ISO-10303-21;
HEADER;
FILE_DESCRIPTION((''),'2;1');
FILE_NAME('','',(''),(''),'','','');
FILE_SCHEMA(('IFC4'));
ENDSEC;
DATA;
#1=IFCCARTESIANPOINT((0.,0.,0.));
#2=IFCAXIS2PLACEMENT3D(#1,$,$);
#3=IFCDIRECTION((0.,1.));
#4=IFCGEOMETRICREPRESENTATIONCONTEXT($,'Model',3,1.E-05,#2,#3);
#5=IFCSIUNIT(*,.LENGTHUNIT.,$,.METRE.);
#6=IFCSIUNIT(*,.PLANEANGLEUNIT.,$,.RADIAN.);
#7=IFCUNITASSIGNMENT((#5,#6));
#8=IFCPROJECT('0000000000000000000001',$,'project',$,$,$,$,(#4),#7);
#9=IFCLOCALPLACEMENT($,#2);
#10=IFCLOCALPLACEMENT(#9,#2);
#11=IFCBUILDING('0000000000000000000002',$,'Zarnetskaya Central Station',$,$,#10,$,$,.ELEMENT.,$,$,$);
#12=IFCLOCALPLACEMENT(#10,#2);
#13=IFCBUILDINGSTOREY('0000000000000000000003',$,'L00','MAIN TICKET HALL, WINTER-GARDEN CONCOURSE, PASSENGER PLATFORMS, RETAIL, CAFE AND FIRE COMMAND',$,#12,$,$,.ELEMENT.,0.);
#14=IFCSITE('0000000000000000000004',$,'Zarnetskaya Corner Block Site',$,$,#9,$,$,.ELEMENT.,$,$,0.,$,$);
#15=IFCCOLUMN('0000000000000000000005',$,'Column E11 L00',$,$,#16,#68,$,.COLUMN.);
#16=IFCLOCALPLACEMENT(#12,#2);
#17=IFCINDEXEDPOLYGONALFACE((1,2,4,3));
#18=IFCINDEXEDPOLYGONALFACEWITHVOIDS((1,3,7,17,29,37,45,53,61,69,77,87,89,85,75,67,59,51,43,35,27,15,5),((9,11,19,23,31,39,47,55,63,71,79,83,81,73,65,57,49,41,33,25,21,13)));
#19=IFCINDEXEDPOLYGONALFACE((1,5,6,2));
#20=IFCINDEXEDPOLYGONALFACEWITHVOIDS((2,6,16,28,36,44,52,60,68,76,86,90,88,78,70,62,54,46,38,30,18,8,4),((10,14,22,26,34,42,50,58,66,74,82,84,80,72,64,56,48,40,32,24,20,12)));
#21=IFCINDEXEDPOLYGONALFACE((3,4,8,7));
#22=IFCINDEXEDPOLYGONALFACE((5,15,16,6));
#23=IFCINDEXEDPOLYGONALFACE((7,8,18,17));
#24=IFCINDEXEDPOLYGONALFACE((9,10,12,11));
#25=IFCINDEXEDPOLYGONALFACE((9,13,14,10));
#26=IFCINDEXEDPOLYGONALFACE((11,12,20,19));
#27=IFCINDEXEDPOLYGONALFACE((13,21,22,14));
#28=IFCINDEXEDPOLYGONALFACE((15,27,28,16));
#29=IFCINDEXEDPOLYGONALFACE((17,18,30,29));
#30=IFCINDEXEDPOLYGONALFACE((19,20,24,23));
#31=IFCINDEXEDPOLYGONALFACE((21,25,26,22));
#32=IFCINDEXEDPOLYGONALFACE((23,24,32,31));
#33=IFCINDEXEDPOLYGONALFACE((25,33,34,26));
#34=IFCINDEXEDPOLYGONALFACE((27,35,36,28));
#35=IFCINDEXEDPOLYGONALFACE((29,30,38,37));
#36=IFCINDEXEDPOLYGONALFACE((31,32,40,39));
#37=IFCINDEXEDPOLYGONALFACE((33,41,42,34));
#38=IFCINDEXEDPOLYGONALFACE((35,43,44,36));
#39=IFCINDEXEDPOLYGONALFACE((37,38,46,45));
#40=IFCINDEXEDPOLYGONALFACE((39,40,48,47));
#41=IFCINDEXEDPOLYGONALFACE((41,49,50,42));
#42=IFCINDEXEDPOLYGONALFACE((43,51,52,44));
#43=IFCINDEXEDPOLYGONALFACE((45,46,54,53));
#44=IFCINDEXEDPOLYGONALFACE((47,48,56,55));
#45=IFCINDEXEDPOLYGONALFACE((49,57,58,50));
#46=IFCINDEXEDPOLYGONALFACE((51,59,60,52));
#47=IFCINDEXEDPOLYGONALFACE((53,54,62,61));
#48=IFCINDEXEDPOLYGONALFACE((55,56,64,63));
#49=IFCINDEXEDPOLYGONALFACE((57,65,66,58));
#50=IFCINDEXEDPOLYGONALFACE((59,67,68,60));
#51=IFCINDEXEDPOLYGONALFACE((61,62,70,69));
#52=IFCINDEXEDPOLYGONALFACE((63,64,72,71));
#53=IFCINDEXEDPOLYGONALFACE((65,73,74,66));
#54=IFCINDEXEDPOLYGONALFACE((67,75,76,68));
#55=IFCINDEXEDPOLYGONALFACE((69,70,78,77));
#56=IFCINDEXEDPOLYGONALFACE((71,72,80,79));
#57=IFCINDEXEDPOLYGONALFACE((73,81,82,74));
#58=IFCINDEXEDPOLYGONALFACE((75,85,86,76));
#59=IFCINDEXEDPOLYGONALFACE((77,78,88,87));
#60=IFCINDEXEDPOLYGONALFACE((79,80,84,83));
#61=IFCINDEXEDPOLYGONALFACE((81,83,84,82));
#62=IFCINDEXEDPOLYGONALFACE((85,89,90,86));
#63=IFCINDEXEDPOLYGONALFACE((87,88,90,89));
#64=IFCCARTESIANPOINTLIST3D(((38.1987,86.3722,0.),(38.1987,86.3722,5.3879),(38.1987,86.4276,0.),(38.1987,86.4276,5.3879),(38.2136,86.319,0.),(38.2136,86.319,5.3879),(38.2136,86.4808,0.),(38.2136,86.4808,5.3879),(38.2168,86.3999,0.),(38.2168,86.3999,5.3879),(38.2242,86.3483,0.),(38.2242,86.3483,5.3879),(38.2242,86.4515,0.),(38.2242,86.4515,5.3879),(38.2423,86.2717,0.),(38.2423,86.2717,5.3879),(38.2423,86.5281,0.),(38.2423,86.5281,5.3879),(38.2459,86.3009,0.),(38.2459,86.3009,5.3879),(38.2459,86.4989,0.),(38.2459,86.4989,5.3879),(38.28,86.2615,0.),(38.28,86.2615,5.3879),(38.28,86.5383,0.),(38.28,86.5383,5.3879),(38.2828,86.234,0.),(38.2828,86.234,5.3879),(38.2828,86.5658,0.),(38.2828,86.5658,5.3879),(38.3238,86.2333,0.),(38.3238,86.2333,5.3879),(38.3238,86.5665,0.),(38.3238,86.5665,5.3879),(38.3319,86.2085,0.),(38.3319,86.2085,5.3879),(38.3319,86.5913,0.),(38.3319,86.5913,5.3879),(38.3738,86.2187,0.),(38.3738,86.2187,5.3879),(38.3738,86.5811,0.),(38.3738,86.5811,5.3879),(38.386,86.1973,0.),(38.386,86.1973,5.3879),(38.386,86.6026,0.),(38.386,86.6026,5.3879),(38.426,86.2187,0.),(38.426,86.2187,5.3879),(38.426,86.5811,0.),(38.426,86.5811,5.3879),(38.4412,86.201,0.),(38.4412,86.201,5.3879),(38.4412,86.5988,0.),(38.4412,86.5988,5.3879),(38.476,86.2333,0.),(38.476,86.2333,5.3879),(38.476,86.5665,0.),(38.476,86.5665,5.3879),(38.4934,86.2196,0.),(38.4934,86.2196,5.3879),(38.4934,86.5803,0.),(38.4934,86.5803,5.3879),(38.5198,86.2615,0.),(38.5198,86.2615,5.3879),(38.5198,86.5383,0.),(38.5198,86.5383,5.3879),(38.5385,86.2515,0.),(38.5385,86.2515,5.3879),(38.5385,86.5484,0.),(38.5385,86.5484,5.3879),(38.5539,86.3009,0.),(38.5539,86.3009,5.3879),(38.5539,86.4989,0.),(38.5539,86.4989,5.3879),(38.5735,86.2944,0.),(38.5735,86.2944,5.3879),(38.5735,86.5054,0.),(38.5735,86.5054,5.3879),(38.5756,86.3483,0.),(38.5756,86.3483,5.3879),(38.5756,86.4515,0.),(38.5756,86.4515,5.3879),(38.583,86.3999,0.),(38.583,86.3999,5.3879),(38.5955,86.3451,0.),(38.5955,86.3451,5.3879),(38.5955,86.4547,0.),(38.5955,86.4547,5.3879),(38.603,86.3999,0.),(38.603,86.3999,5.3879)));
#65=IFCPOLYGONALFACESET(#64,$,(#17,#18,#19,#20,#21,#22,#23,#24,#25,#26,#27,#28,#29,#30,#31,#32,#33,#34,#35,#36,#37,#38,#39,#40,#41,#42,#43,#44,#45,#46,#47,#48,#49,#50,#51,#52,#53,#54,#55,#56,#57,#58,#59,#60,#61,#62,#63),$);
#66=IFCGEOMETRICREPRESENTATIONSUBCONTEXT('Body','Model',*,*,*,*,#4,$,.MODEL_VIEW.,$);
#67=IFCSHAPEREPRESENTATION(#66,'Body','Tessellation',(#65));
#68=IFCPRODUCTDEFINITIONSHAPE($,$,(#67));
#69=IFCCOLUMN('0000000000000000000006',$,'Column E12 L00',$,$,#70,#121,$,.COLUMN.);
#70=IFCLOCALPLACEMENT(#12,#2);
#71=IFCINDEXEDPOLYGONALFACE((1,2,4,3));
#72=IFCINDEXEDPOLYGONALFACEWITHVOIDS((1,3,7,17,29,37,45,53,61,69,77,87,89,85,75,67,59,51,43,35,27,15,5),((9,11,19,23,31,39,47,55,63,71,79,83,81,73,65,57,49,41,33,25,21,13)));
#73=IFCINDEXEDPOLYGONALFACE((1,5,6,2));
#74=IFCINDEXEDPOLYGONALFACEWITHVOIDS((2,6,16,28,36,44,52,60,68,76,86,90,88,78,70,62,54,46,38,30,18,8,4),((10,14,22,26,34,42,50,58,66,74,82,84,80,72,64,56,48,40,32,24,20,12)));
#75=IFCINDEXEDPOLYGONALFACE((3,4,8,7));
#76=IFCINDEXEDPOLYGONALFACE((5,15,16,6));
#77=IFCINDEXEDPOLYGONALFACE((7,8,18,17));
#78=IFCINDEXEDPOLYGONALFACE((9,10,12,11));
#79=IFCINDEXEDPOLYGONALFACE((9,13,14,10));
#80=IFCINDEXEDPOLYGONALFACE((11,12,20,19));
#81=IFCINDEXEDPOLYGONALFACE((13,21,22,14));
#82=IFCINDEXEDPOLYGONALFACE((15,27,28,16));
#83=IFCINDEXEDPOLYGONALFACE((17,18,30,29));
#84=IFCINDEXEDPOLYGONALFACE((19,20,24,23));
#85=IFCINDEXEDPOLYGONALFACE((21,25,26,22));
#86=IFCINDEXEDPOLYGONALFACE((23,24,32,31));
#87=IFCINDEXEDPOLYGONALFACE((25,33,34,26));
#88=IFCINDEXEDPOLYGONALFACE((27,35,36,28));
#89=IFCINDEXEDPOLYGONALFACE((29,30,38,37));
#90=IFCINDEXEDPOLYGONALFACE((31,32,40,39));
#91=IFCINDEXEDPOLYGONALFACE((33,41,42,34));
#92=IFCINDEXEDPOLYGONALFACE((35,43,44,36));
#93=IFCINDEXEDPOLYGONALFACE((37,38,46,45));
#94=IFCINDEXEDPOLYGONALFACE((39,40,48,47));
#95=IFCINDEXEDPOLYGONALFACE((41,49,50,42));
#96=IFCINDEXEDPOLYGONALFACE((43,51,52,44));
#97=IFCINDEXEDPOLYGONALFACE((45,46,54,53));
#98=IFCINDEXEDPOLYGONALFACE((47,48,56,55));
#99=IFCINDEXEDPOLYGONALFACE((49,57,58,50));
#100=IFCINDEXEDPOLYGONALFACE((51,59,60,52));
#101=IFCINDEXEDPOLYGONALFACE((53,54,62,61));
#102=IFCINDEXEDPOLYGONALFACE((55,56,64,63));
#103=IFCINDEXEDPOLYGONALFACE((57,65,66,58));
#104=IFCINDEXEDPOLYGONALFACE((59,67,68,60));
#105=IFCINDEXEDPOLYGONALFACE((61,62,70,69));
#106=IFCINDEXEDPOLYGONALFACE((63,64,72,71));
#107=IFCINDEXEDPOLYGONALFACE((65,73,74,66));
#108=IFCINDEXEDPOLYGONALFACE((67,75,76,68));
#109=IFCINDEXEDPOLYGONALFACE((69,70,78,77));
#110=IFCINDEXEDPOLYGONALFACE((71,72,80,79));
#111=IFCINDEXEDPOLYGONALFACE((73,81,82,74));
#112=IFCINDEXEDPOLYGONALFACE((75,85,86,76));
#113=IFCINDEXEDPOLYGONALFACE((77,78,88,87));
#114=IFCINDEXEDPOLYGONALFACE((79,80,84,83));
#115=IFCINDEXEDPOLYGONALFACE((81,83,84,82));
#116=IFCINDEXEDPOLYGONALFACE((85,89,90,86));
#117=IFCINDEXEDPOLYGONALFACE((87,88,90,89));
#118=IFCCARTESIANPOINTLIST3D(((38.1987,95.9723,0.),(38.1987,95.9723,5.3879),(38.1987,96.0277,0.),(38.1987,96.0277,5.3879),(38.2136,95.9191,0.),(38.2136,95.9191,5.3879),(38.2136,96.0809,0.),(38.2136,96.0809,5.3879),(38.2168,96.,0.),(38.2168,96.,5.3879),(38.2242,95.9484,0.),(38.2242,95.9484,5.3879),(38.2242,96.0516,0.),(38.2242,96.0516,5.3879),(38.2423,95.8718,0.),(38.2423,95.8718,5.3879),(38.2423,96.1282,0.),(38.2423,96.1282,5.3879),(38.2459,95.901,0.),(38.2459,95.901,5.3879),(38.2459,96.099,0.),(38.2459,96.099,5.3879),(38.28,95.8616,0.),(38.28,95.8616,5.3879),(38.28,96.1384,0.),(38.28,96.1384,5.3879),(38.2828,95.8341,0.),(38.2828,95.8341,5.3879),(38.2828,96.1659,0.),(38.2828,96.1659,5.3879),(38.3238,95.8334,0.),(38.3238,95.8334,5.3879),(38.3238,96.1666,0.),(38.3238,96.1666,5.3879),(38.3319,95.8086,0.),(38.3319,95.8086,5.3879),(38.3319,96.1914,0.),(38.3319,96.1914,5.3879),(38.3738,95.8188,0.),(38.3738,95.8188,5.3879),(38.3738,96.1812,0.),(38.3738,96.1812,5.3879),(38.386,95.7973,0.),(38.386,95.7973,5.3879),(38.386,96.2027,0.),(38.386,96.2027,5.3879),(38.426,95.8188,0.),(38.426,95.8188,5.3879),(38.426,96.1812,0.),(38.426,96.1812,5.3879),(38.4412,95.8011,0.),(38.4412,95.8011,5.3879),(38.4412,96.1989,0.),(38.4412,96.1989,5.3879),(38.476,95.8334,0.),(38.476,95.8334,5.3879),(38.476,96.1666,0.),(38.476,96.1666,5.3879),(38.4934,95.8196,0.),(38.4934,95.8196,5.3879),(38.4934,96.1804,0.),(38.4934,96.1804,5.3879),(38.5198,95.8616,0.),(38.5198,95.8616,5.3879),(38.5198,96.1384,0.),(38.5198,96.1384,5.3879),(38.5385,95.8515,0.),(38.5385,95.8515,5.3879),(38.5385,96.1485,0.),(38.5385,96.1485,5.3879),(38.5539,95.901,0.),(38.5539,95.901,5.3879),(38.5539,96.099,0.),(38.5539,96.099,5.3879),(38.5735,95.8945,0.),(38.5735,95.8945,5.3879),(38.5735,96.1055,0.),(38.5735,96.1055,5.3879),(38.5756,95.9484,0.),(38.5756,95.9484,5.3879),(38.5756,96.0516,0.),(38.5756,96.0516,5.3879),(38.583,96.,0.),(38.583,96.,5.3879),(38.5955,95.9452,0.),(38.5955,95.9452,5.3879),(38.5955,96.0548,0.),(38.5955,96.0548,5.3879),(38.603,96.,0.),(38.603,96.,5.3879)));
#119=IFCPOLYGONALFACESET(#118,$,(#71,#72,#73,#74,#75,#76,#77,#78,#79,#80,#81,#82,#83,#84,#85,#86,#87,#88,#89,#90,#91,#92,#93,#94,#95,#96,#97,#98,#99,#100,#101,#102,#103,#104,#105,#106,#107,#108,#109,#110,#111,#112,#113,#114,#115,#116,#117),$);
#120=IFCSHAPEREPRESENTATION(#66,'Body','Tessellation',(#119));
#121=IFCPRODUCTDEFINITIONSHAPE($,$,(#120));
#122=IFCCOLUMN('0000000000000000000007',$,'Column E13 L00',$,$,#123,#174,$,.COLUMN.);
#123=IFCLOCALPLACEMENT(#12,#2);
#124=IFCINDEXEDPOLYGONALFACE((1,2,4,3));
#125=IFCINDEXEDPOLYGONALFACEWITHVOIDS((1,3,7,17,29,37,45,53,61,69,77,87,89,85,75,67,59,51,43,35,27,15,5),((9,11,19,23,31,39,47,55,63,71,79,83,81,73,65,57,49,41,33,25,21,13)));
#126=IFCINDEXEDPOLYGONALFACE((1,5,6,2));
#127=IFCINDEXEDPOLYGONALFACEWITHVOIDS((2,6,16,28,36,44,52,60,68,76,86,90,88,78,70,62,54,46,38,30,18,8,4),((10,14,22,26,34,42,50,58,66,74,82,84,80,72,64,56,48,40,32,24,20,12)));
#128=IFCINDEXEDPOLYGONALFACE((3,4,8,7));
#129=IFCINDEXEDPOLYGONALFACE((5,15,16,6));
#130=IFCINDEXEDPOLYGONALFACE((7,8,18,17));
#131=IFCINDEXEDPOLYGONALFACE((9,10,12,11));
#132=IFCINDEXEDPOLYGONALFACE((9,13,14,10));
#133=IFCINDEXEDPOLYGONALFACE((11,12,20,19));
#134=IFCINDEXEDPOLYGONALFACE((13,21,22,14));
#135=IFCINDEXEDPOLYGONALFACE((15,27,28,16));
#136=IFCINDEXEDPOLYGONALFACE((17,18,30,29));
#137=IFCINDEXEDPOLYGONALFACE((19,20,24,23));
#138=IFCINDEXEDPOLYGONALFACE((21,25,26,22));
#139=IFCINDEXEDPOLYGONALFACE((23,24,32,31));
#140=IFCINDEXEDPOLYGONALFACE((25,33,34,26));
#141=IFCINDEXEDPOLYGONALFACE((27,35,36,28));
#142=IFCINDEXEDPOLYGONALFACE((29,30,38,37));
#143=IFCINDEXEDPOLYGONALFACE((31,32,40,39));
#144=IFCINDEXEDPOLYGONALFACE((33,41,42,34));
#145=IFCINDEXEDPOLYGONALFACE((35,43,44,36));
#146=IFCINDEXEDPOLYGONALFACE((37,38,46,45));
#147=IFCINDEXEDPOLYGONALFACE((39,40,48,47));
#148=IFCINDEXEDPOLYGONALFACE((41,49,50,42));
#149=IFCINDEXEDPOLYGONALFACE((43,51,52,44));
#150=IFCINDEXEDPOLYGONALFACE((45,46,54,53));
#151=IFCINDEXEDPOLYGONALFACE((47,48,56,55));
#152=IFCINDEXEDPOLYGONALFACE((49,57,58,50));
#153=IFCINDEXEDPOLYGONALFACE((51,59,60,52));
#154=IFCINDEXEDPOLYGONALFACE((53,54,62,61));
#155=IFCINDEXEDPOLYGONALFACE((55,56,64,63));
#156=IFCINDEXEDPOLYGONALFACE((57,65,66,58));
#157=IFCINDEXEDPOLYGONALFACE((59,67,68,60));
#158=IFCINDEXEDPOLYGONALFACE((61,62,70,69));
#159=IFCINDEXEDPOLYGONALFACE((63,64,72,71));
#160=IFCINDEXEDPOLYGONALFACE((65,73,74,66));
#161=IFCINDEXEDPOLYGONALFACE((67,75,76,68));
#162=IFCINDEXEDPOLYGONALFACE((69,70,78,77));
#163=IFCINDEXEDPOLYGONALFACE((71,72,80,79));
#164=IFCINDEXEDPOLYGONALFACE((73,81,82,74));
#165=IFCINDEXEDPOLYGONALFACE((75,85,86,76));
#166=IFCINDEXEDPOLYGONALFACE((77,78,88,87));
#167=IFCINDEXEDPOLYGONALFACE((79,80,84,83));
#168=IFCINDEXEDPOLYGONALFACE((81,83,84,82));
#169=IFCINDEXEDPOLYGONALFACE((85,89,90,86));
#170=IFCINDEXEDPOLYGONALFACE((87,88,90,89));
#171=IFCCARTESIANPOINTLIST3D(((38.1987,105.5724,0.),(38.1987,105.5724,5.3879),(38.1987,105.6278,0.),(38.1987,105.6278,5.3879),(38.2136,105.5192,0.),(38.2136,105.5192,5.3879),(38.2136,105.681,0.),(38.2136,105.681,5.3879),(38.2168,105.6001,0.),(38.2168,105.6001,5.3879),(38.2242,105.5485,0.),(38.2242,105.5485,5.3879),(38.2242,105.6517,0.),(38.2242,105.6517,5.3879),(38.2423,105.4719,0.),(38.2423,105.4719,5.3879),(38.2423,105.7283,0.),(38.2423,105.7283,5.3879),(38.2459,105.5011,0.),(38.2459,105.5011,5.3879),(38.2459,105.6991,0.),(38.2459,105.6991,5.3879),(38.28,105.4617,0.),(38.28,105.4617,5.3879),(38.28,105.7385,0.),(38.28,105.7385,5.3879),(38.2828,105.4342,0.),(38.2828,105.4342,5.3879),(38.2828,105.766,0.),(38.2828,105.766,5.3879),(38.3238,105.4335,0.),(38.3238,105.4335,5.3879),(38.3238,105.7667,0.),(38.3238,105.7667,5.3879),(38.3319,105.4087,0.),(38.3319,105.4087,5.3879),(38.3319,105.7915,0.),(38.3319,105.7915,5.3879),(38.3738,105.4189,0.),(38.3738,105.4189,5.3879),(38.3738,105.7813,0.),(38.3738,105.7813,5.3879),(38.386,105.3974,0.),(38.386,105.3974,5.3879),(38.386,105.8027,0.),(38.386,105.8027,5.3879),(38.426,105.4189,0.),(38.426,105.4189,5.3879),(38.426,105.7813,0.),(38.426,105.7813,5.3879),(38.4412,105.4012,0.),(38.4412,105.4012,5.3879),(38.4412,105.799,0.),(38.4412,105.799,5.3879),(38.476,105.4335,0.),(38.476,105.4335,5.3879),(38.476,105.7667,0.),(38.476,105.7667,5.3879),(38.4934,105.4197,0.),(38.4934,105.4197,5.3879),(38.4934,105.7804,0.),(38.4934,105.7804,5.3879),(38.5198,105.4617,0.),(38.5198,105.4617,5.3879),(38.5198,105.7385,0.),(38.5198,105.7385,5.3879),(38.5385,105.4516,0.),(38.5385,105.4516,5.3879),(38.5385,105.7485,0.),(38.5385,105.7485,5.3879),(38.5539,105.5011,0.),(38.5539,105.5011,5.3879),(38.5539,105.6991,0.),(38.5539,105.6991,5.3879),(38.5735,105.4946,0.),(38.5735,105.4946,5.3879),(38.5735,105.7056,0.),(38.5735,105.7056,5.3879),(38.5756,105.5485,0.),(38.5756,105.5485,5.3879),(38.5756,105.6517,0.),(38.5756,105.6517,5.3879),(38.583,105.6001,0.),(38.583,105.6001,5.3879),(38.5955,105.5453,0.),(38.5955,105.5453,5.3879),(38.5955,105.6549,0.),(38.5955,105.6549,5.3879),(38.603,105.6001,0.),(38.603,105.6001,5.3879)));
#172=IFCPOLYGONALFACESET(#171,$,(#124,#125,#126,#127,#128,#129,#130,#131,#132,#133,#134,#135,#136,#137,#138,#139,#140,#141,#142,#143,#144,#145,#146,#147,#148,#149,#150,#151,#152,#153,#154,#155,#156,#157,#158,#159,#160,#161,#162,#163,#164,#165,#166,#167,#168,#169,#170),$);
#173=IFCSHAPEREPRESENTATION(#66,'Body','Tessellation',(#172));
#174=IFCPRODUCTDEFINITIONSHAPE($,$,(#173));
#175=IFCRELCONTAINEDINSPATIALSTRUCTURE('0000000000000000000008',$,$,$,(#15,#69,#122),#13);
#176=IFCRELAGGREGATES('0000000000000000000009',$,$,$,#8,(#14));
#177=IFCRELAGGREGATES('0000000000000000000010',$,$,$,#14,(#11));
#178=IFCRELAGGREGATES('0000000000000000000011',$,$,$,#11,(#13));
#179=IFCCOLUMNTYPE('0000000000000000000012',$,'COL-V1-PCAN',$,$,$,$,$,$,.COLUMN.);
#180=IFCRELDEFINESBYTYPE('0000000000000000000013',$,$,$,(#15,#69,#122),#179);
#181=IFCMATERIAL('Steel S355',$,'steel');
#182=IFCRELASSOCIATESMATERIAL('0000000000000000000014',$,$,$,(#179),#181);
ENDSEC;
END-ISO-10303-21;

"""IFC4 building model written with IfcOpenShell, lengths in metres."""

from ifc_helpers import new_model, si_unit, direction, frame, origin, origin_2d, place, context, subcontext, project, spatial, hollow_circle, extrude, material, material_profile, profile_set, type_object, element, save


model = new_model("IFC4")

# Units and contexts
model_context = context("Model", 3, precision=1e-05, world=origin(), true_north=direction((0.0, 1.0)))
body_context = subcontext(model_context, "Body", "Model", "MODEL_VIEW")
ifc_project = project(units=[si_unit("LENGTHUNIT", "METRE"), si_unit("PLANEANGLEUNIT", "RADIAN")], contexts=[model_context])

# Site, building, storey
site_placement = place(None, origin())
site = spatial("IfcSite", under=ifc_project, at=site_placement, Name="Zarnetskaya Corner Block Site", CompositionType="ELEMENT", RefElevation=0.0)
building_placement = place(site_placement, origin())
building = spatial("IfcBuilding", under=site, at=building_placement, Name="Zarnetskaya Central Station", CompositionType="ELEMENT")
storey_placement = place(building_placement, origin())
storey = spatial("IfcBuildingStorey", under=building, at=storey_placement, Name="L00", Description="MAIN TICKET HALL, WINTER-GARDEN CONCOURSE, PASSENGER PLATFORMS, RETAIL, CAFE AND FIRE COMMAND", CompositionType="ELEMENT", Elevation=0.0)

# Columns
ifc_material = material(Name="Steel S355", Category="steel")
ifc_material_profile_1 = material_profile(ifc_material, hollow_circle(Radius=0.2031, WallThickness=0.02, at=origin_2d()), Name="CHS 406.4x20")
ifc_profile_set_1 = profile_set([ifc_material_profile_1], Name="Steel S355")
column_type = type_object("IfcColumnType", Name="COL-V1-PCAN", PredefinedType="COLUMN", material=ifc_profile_set_1)
for number, where, z_axis, x_axis, name in (
    (1, (38.3999, 86.3999, 0.0), (0.0, 0.0, 1.0), (1.0, 0.0, 0.0), "Column E11 L00"),
    (2, (38.3999, 96.0, 0.0), (0.0, 0.0, 1.0), (1.0, 0.0, 0.0), "Column E12 L00"),
    (3, (38.3999, 105.6001, 0.0), (0.0, 0.0, 1.0), (1.0, 0.0, 0.0), "Column E13 L00"),
):
    element("IfcColumn", number, at=place(storey_placement, frame(where, z_axis=z_axis, x_axis=x_axis)), inside=storey, type_object=column_type, Name=name, PredefinedType="COLUMN", context=body_context, shape_type="SweptSolid", body=[
        extrude(hollow_circle(Radius=0.2031, WallThickness=0.02, at=origin_2d()), origin(), (0.0, 0.0, 1.0), 5.3879),
    ])

save(model, "model.ifc")
